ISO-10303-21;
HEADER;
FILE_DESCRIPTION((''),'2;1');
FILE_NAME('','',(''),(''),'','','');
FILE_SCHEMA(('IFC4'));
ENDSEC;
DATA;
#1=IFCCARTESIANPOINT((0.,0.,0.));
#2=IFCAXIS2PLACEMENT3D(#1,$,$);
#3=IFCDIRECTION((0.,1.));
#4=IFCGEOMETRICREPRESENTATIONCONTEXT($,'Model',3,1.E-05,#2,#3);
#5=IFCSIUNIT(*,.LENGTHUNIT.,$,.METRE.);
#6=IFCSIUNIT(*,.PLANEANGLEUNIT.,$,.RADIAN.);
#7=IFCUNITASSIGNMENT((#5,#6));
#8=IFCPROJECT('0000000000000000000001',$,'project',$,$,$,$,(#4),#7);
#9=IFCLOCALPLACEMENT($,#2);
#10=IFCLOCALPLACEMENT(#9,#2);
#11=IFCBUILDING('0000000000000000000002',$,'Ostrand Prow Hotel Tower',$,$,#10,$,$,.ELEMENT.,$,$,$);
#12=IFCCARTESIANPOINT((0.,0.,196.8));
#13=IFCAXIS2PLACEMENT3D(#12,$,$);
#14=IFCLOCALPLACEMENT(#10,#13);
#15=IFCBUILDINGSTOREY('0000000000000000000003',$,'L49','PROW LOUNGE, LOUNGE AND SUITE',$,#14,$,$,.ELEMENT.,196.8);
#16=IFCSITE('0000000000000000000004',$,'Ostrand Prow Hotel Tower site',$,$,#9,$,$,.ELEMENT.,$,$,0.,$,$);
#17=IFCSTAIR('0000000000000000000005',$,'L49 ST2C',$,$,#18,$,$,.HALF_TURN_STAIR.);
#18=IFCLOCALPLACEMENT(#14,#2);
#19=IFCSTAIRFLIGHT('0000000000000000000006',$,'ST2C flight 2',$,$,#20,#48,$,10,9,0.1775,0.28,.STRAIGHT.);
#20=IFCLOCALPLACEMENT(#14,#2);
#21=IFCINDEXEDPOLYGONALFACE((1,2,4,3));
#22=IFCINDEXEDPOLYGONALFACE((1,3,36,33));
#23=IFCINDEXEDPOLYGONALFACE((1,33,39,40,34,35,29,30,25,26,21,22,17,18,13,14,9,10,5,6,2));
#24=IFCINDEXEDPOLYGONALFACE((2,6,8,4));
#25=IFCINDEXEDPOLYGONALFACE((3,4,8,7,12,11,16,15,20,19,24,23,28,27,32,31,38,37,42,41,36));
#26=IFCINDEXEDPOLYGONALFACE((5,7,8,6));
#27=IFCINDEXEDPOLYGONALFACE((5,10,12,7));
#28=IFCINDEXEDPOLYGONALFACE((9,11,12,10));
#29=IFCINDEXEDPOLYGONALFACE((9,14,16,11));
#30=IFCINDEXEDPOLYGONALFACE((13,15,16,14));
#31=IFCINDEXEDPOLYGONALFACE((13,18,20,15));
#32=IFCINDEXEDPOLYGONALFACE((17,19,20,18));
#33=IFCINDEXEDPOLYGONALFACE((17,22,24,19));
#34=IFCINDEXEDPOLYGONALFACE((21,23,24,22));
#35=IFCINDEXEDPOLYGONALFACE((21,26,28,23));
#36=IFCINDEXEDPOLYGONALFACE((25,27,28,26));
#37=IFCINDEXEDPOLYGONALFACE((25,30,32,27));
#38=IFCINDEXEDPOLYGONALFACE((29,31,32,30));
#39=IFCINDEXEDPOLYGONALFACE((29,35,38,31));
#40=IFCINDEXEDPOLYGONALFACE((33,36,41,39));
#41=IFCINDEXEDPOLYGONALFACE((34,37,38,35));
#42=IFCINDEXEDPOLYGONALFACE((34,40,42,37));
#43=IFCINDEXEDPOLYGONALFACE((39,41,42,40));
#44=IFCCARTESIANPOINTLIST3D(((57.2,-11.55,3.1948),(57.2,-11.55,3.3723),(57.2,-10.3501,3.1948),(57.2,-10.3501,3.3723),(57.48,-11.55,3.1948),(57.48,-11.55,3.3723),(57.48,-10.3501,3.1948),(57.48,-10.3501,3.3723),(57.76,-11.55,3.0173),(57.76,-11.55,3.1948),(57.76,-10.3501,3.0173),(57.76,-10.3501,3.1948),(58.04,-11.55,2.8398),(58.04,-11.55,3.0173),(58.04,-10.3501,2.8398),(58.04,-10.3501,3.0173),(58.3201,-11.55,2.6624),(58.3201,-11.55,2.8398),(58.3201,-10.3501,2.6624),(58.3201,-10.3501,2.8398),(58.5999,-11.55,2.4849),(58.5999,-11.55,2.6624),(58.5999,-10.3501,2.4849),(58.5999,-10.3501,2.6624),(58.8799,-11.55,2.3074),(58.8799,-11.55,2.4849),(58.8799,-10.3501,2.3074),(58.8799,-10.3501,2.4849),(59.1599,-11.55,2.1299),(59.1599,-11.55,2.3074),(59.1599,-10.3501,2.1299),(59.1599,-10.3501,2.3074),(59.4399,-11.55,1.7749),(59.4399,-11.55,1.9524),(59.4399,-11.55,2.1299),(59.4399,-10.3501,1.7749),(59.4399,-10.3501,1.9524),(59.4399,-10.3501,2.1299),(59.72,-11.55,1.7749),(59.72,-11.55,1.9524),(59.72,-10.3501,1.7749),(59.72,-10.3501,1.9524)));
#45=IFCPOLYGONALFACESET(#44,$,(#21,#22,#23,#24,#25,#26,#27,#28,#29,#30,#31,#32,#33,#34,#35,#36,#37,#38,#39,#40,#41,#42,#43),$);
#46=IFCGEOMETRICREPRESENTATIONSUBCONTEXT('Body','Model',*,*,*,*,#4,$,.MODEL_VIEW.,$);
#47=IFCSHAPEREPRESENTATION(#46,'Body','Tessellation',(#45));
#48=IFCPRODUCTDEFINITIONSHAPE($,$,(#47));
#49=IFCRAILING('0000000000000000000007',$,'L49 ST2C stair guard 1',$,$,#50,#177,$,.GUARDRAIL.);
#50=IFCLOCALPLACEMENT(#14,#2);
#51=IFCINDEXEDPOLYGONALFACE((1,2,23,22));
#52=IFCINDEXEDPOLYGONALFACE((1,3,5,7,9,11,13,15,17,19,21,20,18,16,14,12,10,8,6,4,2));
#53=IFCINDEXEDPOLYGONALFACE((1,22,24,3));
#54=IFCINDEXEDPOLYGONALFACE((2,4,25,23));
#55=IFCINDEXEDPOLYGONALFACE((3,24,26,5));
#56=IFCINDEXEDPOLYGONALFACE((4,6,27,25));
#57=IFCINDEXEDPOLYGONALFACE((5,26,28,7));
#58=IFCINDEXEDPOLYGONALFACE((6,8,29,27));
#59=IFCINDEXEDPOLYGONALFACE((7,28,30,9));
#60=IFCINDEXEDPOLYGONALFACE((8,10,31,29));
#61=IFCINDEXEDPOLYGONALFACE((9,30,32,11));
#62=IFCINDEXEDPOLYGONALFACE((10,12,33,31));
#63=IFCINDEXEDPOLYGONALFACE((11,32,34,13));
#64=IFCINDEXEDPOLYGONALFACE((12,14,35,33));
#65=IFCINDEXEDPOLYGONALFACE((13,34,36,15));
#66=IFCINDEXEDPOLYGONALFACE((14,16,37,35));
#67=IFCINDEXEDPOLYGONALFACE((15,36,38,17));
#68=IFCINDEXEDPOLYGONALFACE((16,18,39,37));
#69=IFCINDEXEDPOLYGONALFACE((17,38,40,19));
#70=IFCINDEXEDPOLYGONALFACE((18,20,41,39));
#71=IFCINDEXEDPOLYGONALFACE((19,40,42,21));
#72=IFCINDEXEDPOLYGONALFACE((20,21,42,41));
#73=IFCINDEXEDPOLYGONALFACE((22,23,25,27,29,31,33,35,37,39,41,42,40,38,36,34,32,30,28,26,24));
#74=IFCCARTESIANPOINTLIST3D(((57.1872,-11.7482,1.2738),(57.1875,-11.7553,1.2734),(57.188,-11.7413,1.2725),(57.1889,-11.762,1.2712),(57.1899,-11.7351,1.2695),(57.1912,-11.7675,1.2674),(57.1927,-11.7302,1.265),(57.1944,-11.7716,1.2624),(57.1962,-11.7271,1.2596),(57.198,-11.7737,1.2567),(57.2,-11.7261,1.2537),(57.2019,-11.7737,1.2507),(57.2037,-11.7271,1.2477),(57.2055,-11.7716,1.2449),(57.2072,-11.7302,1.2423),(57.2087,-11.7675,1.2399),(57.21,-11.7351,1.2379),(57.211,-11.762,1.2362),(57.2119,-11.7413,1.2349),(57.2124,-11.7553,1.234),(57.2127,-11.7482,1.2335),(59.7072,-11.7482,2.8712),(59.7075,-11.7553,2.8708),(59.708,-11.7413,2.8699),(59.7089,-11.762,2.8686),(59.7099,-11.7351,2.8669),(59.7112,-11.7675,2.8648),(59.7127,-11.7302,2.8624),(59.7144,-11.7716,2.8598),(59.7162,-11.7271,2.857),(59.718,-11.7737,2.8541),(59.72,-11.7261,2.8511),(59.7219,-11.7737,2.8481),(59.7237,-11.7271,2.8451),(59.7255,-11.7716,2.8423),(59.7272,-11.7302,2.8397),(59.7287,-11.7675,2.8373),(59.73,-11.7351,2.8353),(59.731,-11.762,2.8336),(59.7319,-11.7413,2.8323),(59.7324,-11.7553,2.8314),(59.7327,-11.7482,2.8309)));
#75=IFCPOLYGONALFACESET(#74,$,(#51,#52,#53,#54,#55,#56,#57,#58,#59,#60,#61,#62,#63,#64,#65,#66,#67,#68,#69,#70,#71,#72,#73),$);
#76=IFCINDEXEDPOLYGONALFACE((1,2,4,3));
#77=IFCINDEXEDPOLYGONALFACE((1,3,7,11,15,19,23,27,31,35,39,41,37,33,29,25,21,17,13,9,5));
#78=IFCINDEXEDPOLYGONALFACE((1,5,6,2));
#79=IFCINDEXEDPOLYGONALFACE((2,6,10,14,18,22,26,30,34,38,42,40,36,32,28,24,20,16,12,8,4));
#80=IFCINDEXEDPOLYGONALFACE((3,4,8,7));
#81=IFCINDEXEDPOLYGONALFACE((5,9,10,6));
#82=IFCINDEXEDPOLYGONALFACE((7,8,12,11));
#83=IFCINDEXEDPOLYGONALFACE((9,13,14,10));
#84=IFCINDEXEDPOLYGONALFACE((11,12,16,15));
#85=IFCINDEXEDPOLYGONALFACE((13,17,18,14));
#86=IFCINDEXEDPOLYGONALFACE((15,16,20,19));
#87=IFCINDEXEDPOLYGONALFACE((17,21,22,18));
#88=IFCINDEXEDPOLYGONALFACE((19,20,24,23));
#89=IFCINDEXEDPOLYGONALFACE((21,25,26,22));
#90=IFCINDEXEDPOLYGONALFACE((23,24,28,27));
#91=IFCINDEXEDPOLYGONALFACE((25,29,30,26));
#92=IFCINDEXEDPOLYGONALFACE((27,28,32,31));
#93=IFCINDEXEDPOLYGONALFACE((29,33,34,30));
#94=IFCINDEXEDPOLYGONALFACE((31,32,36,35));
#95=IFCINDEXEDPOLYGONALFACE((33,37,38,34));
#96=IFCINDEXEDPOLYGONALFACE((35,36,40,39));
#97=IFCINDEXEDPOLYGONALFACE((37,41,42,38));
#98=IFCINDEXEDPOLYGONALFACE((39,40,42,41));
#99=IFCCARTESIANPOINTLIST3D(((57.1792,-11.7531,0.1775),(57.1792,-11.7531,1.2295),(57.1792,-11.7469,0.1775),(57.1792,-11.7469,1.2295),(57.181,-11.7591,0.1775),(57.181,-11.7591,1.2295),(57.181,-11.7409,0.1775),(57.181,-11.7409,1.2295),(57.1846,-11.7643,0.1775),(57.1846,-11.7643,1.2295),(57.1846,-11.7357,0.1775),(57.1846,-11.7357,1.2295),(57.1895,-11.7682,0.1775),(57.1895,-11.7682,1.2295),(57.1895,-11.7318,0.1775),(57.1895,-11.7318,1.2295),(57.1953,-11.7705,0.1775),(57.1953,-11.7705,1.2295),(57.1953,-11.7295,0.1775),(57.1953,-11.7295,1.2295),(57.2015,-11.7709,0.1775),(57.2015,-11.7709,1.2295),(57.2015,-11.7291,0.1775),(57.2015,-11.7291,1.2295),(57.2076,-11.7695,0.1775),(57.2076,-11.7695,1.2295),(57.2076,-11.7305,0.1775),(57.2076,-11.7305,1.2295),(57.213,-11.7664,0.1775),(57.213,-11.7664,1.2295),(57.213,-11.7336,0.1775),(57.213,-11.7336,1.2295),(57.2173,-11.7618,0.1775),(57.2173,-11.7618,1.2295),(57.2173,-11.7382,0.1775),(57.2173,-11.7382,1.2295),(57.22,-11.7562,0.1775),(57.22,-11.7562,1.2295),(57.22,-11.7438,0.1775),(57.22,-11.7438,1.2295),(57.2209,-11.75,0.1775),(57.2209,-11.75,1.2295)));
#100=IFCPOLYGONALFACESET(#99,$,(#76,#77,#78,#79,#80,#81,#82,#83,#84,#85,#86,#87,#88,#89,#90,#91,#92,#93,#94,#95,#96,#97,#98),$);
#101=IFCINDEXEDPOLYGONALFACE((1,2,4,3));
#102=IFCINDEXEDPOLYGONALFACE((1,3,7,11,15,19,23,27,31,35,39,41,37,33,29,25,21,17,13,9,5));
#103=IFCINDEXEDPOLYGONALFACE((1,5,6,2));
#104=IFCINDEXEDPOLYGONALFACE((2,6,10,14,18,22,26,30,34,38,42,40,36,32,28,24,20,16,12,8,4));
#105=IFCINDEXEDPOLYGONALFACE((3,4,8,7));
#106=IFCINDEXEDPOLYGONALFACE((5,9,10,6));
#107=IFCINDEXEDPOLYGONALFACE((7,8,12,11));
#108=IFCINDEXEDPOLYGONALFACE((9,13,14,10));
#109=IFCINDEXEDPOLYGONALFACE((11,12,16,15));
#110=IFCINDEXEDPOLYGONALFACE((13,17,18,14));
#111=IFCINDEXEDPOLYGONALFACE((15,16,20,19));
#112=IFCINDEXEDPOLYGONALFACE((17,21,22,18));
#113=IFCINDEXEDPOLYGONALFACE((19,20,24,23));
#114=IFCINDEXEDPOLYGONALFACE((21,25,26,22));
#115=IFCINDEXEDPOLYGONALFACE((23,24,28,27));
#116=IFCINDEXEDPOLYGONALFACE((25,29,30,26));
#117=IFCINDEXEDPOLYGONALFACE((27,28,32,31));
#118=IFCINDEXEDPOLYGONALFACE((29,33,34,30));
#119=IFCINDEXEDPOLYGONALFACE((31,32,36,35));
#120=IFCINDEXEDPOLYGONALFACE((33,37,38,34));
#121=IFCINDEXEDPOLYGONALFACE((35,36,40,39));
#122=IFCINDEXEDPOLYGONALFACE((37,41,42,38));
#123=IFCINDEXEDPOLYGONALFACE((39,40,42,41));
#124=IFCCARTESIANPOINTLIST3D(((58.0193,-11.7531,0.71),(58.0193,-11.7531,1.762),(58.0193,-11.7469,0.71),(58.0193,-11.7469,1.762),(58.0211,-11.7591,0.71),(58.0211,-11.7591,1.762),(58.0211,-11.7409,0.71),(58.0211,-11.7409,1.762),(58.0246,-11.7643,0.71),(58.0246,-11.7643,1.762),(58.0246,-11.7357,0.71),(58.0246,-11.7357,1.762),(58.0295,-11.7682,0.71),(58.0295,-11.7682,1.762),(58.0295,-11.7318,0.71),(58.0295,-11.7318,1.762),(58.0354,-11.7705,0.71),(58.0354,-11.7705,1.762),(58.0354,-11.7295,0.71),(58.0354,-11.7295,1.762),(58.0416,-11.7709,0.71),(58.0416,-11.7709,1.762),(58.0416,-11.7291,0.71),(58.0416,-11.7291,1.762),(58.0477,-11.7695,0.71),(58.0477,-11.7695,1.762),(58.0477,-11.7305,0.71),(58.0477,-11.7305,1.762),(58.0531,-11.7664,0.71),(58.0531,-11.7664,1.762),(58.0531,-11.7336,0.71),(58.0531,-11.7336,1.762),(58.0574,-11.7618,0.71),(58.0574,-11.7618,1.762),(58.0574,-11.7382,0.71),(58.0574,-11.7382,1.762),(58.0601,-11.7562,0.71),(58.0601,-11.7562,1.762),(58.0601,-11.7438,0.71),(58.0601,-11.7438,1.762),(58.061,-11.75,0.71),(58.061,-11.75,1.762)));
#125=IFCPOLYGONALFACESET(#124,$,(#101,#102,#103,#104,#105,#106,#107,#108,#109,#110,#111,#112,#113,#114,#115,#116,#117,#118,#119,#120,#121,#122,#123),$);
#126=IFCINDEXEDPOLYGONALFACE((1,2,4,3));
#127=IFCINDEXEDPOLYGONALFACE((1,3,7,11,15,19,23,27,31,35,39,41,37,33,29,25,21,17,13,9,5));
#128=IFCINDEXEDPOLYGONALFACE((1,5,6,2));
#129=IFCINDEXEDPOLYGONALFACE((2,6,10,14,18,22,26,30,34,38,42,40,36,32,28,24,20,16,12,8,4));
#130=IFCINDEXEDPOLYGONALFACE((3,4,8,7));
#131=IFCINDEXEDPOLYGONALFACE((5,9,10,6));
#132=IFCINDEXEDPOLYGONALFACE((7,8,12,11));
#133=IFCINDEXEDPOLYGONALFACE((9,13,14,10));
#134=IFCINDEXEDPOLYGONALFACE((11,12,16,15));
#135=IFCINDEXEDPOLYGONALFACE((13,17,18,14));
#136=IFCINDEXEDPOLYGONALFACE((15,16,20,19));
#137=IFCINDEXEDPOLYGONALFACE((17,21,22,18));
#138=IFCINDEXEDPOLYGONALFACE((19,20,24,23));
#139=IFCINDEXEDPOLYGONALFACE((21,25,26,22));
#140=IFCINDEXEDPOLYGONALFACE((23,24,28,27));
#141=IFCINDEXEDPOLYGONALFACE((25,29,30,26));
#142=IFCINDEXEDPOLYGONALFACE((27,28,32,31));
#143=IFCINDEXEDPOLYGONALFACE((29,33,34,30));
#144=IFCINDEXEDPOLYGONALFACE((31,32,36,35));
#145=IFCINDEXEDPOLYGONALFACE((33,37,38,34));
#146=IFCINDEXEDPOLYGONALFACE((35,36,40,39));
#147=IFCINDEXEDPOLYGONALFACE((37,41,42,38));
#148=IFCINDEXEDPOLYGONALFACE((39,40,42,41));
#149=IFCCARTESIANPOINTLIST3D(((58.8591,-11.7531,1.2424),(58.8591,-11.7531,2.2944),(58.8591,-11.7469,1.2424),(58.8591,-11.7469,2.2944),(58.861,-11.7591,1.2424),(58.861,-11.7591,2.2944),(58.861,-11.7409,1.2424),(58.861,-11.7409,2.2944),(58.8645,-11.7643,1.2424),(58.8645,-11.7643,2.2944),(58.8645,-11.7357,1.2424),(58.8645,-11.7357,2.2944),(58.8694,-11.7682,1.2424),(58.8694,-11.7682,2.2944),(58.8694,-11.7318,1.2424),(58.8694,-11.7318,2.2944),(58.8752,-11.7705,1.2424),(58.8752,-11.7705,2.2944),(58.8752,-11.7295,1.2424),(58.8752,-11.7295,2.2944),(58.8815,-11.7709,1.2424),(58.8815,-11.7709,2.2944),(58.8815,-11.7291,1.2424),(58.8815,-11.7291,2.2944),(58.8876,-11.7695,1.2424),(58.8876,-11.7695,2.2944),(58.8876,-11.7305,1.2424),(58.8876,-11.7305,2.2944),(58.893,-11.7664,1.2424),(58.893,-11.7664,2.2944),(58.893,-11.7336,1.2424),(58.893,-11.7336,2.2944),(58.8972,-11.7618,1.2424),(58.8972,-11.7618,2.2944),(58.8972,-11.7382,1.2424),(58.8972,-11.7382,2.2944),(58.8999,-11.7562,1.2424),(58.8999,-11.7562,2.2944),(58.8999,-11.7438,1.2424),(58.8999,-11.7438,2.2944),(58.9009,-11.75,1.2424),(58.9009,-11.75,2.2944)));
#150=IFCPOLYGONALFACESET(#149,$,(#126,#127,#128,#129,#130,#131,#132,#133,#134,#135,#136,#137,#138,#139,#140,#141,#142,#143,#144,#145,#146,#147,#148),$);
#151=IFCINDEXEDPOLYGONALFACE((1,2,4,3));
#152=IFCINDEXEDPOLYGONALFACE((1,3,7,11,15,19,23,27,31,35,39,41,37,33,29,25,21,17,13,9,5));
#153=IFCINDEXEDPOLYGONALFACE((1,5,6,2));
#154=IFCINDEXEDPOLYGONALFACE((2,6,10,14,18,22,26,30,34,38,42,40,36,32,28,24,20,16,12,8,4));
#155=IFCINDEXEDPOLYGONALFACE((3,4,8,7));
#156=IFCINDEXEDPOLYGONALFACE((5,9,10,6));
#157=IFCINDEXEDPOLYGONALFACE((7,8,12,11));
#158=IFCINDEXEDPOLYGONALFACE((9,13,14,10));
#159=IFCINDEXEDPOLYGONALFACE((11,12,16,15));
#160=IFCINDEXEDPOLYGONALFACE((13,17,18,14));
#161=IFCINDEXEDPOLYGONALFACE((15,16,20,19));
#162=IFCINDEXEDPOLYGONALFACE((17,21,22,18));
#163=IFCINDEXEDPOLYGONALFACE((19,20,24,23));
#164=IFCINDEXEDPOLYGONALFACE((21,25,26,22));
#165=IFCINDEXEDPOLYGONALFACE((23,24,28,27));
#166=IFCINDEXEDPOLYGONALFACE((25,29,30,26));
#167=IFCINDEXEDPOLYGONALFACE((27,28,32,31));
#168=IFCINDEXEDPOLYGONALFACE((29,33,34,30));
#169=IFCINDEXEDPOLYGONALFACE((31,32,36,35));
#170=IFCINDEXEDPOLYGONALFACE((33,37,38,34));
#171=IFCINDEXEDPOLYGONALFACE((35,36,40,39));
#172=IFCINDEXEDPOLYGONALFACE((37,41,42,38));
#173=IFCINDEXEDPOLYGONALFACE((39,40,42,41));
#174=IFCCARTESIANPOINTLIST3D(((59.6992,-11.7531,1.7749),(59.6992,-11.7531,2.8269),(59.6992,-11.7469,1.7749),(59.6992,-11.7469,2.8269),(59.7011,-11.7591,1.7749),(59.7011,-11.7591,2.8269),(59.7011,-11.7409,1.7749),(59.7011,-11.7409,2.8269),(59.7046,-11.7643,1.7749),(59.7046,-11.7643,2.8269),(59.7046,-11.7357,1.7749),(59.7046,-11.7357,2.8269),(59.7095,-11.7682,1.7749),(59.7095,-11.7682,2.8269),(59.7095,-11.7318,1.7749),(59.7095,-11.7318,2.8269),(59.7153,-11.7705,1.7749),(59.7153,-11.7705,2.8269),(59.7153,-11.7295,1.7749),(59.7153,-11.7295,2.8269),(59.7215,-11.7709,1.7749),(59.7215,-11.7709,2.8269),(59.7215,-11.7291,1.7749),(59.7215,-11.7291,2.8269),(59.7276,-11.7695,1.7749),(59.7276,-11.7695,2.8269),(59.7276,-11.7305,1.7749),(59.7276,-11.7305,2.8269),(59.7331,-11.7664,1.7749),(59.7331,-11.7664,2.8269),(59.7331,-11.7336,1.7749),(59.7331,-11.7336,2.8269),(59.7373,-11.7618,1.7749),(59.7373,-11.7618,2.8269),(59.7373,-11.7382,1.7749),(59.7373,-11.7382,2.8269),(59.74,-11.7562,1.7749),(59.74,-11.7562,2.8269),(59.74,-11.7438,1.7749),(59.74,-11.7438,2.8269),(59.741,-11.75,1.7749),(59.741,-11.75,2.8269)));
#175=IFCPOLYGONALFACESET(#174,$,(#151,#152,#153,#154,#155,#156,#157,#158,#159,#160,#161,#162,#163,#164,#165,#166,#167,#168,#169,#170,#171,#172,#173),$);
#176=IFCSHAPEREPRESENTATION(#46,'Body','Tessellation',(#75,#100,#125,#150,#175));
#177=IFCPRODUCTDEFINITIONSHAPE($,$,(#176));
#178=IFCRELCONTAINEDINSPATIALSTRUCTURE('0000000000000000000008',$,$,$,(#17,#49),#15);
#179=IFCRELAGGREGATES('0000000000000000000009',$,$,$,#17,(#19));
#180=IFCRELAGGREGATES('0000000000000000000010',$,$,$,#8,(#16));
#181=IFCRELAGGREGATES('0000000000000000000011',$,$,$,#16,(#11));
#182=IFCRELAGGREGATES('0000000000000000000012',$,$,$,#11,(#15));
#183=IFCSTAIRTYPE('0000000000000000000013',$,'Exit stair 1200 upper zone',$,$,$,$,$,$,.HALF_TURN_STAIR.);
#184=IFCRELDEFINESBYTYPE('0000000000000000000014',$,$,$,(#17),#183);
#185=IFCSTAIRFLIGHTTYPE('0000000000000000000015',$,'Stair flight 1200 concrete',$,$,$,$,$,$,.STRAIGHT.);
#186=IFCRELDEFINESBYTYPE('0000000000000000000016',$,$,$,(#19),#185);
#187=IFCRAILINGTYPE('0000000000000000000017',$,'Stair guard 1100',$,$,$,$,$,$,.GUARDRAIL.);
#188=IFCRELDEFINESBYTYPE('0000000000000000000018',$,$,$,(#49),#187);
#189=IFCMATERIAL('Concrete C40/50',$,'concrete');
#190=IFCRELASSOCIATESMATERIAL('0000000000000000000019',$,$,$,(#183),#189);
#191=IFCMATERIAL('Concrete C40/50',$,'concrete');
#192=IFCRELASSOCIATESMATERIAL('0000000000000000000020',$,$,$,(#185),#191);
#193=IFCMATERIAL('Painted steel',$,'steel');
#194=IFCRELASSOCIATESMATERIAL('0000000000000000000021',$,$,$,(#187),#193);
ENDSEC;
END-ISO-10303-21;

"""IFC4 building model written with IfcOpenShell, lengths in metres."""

from ifc_helpers import new_model, si_unit, direction, frame, origin, origin_2d, place, context, subcontext, project, spatial, polyline, circle, outline, extrude, material, type_object, element, aggregate, save


model = new_model("IFC4")

# Units and contexts
model_context = context("Model", 3, precision=1e-05, world=origin(), true_north=direction((0.0, 1.0)))
body_context = subcontext(model_context, "Body", "Model", "MODEL_VIEW")
ifc_project = project(units=[si_unit("LENGTHUNIT", "METRE"), si_unit("PLANEANGLEUNIT", "RADIAN")], contexts=[model_context])

# Site, building, storey
site_placement = place(None, origin())
site = spatial("IfcSite", under=ifc_project, at=site_placement, Name="Ostrand Prow Hotel Tower site", CompositionType="ELEMENT", RefElevation=0.0)
building_placement = place(site_placement, origin())
building = spatial("IfcBuilding", under=site, at=building_placement, Name="Ostrand Prow Hotel Tower", CompositionType="ELEMENT")
storey_placement = place(building_placement, frame((0.0, 0.0, 196.8)))
storey = spatial("IfcBuildingStorey", under=building, at=storey_placement, Name="L49", Description="PROW LOUNGE, LOUNGE AND SUITE", CompositionType="ELEMENT", Elevation=196.8)

# Stair, stair flight
ifc_material_1 = material(Name="Concrete C40/50", Category="concrete")
stair_type = type_object("IfcStairType", Name="Exit stair 1200 upper zone", PredefinedType="HALF_TURN_STAIR", material=ifc_material_1)
stair_placement = place(storey_placement, origin())
stair = element("IfcStair", 1, at=stair_placement, inside=storey, type_object=stair_type, Name="L49 ST2C", PredefinedType="HALF_TURN_STAIR")
ifc_material_2 = material(Name="Concrete C40/50", Category="concrete")
stair_flight_type = type_object("IfcStairFlightType", Name="Stair flight 1200 concrete", PredefinedType="STRAIGHT", material=ifc_material_2)
stair_flight_1_placement = place(storey_placement, frame((59.72, -10.95, 1.7749), z_axis=(0.0, 0.0, 1.0), x_axis=(-1.0, 0.0, 0.0)))
stair_flight_1 = element("IfcStairFlight", 2, at=stair_flight_1_placement, type_object=stair_flight_type, Name="ST2C flight 2", NumberOfRisers=10, NumberOfTreads=9, PredefinedType="STRAIGHT", RiserHeight=0.1775, TreadLength=0.28, context=body_context, shape_type="SweptSolid", body=[
    extrude(outline(polyline([(0.0, 0.0), (0.0, 0.1775), (0.28, 0.1775), (0.28, 0.355), (0.5601, 0.355), (0.5601, 0.5325), (0.8401, 0.5325), (0.8401, 0.71), (1.1201, 0.71), (1.1201, 0.8875), (1.3999, 0.8875), (1.3999, 1.0649), (1.6799, 1.0649), (1.6799, 1.2424), (1.96, 1.2424), (1.96, 1.4199), (2.24, 1.4199), (2.24, 1.5974), (2.52, 1.5974), (2.52, 1.7749), (2.52, 1.4199), (0.28, 0.0), (0.0, 0.0)])), frame((0.0, 0.6001, 0.0), z_axis=(0.0, -1.0, 0.0), x_axis=(1.0, 0.0, 0.0)), (0.0, 0.0, 1.0), 1.2),
])
aggregate(stair, [stair_flight_1])

# Railing
ifc_material_3 = material(Name="Painted steel", Category="steel")
railing_type_1 = type_object("IfcRailingType", Name="Stair guard 1100", PredefinedType="GUARDRAIL", material=ifc_material_3)
railing_1_placement = place(storey_placement, frame((57.2, -11.75, 0.1775)))
element("IfcRailing", 3, at=railing_1_placement, inside=storey, type_object=railing_type_1, Name="L49 ST2C stair guard 1", PredefinedType="GUARDRAIL", context=body_context, shape_type="SweptSolid", body=[
    extrude(circle(Radius=0.0239, at=origin_2d()), frame((0.0, 0.0, 1.0762), z_axis=(0.844607, 0.0, 0.535387), x_axis=(0.0, 1.0, 0.0)), (0.0, 0.0, 1.0), 2.9836),
    extrude(circle(Radius=0.021, at=origin_2d()), origin(), (0.0, 0.0, 1.0), 1.052),
    extrude(circle(Radius=0.021, at=origin_2d()), frame((0.8401, 0.0, 0.5325)), (0.0, 0.0, 1.0), 1.052),
    extrude(circle(Radius=0.021, at=origin_2d()), frame((1.6799, 0.0, 1.0649)), (0.0, 0.0, 1.0), 1.052),
    extrude(circle(Radius=0.021, at=origin_2d()), frame((2.52, 0.0, 1.5974)), (0.0, 0.0, 1.0), 1.052),
])

save(model, "model.ifc")
